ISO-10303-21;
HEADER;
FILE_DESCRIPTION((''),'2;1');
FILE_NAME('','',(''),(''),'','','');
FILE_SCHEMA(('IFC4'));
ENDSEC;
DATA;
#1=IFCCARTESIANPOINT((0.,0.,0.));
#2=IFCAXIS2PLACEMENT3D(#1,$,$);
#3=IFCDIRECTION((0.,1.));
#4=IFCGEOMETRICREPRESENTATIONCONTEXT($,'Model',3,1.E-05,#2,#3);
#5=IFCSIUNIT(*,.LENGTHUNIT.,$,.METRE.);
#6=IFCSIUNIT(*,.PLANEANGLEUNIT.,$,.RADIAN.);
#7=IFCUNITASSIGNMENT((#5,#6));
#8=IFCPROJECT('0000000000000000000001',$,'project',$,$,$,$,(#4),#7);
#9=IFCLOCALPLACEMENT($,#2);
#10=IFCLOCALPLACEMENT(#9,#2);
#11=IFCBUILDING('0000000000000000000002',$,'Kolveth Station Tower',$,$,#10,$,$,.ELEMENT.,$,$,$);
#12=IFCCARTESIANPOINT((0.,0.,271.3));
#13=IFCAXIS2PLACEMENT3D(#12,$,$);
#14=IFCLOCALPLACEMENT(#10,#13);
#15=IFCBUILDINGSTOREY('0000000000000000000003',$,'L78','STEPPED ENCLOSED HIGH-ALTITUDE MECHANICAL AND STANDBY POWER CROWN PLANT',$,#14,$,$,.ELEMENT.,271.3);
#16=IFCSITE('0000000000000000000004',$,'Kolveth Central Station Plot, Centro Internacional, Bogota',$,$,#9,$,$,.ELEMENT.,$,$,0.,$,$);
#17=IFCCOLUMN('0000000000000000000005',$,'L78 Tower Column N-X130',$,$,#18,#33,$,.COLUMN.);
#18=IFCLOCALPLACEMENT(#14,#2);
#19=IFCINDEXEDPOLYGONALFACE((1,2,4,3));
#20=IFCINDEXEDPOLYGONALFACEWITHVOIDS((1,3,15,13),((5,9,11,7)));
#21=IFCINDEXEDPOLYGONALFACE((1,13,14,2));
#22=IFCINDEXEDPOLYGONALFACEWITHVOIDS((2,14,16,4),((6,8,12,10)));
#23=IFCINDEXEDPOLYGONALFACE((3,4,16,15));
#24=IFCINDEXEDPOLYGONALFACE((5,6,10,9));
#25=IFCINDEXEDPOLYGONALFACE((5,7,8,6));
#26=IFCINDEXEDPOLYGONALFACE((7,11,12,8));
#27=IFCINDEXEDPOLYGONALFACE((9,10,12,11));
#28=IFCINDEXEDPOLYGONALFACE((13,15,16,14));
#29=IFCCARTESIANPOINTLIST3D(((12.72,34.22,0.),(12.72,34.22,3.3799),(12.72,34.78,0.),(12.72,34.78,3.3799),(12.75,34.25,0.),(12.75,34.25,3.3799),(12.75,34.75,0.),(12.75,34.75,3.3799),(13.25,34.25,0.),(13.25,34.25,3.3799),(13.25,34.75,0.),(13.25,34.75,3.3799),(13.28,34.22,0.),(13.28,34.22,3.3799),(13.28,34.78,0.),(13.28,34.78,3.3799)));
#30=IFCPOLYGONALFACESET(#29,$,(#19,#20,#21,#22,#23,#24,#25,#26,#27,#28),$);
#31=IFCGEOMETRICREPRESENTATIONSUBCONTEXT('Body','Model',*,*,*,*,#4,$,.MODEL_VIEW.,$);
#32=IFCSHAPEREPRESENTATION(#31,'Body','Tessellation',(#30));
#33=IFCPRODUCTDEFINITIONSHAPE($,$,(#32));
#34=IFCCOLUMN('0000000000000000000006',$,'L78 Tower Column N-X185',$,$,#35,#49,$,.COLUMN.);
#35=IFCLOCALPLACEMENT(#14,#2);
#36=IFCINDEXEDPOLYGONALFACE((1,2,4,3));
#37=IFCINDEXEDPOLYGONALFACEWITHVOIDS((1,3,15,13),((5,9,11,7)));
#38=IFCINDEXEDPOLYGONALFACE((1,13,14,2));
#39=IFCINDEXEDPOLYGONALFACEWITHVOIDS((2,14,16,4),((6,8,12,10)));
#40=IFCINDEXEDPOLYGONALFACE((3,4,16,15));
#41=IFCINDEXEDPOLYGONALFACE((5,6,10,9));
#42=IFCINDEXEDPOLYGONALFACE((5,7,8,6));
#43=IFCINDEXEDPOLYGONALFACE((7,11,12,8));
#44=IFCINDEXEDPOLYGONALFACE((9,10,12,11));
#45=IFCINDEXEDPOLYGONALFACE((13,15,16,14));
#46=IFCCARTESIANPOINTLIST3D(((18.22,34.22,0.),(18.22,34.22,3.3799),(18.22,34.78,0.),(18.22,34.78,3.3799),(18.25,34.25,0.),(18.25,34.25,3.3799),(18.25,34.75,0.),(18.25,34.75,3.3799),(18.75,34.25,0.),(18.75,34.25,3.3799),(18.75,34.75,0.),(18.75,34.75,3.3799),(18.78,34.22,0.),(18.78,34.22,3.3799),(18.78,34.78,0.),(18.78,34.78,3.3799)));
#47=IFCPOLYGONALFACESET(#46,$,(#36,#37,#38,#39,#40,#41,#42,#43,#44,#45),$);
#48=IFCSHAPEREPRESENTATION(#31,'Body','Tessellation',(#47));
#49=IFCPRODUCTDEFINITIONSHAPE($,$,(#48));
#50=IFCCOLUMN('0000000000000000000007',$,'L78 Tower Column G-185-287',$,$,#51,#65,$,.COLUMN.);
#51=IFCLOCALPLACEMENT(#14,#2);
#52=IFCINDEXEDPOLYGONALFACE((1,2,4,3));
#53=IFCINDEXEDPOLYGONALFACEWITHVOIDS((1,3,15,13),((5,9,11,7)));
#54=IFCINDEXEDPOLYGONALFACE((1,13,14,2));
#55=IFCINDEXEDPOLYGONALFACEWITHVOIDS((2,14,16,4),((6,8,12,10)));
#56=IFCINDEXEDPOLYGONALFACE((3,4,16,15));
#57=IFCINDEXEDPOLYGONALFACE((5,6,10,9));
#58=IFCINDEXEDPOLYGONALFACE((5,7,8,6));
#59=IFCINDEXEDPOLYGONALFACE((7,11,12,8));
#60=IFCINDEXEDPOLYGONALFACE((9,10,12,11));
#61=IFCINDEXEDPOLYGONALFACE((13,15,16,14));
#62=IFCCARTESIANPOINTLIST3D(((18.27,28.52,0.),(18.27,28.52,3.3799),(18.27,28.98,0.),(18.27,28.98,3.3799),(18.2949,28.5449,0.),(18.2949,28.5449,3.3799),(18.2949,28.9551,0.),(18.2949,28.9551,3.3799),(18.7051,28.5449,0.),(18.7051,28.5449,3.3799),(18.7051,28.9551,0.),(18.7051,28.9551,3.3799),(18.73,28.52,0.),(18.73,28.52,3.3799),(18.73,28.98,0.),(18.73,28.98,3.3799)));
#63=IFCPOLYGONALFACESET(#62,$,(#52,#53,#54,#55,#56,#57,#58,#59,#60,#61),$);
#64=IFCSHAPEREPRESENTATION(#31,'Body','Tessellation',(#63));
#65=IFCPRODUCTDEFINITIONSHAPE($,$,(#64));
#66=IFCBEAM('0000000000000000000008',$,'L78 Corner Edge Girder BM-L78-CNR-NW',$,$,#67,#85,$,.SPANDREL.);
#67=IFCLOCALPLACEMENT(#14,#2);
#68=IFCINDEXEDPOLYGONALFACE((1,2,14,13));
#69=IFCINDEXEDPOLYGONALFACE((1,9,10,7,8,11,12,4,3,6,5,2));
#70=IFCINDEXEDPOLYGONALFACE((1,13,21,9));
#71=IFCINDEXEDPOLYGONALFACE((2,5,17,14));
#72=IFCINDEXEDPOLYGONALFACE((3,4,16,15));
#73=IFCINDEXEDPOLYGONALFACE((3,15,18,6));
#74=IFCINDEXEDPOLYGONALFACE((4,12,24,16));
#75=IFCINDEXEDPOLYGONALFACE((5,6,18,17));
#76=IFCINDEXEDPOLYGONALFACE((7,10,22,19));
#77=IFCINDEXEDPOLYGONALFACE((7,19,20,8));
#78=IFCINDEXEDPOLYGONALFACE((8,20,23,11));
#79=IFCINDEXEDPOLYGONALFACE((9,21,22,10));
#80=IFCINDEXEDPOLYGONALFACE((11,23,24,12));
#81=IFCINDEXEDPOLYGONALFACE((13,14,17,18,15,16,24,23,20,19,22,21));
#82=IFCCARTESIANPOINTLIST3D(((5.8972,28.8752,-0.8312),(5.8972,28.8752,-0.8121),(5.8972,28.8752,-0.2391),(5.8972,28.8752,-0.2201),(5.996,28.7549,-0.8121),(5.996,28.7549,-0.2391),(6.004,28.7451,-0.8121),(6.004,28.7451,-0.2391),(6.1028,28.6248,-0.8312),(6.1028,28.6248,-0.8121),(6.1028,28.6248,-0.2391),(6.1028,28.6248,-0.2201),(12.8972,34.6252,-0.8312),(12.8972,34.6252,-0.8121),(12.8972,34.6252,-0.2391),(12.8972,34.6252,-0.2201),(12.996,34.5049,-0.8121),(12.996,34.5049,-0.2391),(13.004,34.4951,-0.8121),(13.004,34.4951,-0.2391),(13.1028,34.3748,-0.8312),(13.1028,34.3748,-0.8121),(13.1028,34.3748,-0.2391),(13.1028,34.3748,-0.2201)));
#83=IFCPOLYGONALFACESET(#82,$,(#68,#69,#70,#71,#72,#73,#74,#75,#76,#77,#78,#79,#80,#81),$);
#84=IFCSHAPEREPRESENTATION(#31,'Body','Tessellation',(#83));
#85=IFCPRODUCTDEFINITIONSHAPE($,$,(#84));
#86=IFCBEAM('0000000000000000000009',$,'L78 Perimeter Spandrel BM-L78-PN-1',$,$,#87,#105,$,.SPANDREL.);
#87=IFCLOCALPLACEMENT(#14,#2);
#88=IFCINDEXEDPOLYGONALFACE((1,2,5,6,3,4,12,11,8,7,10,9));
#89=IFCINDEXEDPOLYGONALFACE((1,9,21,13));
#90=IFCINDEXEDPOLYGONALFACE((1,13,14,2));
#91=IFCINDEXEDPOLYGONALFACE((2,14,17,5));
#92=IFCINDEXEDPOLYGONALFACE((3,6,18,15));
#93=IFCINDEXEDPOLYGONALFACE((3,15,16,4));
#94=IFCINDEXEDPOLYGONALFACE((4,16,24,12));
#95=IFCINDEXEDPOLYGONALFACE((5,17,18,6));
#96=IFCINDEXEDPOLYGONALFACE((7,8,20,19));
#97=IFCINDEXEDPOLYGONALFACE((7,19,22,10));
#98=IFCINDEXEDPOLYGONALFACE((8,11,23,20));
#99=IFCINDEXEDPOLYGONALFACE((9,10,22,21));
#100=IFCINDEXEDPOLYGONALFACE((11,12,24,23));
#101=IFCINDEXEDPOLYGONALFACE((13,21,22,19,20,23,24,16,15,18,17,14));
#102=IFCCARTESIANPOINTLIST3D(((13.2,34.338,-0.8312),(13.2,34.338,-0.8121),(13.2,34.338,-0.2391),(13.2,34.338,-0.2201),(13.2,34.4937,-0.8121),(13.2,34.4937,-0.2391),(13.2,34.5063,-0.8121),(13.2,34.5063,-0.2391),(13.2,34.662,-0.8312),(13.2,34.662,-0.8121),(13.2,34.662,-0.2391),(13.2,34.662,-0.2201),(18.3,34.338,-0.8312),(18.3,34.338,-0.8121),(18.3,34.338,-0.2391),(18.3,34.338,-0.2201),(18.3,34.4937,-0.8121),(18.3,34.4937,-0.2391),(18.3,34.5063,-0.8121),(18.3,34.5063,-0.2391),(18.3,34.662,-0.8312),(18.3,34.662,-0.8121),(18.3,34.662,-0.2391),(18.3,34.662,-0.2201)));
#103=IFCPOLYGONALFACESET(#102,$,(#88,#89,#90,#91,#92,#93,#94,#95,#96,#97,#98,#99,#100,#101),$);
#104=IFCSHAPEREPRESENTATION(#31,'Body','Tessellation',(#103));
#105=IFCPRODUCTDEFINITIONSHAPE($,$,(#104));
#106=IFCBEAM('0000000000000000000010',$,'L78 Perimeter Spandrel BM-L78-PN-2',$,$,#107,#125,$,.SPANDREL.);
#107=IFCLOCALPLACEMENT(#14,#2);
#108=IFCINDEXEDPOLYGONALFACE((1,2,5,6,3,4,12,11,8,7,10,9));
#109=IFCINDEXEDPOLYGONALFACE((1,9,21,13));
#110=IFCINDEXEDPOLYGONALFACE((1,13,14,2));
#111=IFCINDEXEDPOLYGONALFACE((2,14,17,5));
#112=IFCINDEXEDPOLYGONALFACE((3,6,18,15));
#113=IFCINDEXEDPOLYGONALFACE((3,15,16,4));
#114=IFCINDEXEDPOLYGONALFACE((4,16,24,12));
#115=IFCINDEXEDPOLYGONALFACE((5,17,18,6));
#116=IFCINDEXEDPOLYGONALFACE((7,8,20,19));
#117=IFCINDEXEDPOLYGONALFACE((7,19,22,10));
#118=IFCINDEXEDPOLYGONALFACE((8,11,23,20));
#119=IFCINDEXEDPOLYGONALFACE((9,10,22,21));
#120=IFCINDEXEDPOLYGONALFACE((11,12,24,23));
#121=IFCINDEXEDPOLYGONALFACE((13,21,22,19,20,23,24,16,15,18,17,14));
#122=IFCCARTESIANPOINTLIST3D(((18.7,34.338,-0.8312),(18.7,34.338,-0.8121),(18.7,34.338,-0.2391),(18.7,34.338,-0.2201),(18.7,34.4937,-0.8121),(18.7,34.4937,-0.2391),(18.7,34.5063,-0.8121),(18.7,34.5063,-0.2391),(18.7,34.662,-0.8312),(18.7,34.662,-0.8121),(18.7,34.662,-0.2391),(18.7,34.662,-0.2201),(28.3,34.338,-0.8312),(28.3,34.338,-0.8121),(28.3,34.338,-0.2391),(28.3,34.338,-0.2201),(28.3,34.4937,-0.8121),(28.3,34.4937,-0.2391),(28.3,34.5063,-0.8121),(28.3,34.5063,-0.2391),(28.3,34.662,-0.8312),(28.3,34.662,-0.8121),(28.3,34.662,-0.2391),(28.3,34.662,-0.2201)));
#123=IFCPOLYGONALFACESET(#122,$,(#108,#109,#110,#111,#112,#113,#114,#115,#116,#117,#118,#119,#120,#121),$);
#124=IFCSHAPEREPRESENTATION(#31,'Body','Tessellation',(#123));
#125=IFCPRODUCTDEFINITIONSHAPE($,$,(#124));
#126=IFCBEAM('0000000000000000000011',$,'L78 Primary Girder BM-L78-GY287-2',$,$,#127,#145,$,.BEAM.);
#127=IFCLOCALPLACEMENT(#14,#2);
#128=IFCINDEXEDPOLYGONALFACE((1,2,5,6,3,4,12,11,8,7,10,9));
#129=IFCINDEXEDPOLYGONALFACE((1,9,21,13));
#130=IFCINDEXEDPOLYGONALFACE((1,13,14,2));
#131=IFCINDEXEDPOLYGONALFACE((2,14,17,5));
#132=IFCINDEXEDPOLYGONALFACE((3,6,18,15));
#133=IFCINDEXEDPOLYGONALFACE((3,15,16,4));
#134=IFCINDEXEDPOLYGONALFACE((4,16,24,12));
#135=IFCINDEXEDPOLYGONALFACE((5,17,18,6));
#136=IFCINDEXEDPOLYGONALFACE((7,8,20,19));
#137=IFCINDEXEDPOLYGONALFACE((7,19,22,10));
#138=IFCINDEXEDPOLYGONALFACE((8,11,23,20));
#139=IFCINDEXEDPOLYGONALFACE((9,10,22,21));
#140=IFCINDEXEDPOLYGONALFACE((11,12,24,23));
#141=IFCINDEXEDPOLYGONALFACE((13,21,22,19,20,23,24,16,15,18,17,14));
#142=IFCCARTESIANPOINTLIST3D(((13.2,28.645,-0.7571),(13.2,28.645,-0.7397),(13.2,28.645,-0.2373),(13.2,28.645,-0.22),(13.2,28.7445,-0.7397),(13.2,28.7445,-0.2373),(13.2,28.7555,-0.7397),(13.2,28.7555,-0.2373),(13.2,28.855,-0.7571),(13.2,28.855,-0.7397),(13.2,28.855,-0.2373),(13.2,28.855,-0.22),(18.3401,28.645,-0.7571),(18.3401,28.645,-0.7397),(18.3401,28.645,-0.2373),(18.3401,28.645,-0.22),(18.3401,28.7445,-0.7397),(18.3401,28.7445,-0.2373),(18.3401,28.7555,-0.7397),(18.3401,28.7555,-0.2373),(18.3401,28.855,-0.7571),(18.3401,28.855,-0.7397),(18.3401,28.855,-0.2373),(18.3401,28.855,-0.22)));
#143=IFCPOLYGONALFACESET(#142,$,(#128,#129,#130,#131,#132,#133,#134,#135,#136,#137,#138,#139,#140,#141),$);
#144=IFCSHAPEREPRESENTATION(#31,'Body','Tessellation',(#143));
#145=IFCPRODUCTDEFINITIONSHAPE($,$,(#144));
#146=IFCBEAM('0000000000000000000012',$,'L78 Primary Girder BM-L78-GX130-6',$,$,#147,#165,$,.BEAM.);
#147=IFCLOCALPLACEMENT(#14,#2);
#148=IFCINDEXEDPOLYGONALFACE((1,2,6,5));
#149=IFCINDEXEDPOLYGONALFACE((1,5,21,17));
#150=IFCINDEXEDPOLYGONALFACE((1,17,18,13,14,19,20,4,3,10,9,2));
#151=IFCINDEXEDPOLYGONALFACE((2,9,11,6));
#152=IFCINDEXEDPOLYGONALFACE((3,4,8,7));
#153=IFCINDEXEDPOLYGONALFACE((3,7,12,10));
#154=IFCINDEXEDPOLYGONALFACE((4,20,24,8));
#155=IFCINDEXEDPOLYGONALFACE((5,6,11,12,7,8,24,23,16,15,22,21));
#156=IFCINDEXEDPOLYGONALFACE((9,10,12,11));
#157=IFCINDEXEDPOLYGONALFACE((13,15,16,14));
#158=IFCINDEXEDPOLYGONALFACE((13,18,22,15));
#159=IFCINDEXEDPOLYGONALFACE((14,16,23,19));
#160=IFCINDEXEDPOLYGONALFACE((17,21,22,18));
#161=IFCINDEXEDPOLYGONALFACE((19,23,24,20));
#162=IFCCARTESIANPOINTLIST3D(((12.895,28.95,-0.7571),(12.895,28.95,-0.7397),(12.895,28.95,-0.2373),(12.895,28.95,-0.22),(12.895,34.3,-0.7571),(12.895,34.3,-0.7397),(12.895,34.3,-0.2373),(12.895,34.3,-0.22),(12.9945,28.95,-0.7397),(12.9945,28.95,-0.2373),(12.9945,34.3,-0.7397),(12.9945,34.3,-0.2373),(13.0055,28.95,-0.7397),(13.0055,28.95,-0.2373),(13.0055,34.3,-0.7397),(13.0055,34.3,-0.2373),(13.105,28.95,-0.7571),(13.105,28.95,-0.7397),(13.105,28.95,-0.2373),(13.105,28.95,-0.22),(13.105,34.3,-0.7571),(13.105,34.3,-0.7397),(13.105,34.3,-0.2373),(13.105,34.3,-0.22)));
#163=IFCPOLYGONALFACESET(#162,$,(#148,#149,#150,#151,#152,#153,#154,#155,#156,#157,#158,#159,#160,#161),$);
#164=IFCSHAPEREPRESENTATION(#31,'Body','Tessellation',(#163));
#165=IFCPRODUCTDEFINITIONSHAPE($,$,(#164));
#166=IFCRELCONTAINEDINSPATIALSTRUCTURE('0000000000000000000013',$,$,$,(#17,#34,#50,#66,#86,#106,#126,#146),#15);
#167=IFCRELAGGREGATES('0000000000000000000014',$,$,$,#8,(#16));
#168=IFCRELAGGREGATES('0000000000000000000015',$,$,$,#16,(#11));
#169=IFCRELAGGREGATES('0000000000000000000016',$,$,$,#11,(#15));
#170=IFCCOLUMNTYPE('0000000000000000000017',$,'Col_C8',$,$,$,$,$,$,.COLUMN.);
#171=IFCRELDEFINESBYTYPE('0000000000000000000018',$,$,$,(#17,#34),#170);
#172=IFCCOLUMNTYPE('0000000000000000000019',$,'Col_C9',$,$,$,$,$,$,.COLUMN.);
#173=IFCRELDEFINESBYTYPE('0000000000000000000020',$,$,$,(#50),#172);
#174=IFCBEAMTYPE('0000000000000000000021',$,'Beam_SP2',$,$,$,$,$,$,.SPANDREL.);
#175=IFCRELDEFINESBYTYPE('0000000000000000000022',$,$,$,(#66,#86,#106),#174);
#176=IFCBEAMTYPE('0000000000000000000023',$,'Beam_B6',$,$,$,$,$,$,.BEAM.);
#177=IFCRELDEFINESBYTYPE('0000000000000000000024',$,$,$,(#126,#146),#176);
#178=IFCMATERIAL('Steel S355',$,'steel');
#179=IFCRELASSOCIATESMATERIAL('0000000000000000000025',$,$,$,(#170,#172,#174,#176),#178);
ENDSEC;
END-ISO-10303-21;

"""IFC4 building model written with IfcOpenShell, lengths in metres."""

from ifc_helpers import new_model, si_unit, direction, frame, origin, origin_2d, place, context, subcontext, project, spatial, hollow_rectangle, i_section, extrude, source, transform, mapped, material, material_profile, profile_set, type_object, element, save


model = new_model("IFC4")

# Units and contexts
model_context = context("Model", 3, precision=1e-05, world=origin(), true_north=direction((0.0, 1.0)))
body_context = subcontext(model_context, "Body", "Model", "MODEL_VIEW")
ifc_project = project(units=[si_unit("LENGTHUNIT", "METRE"), si_unit("PLANEANGLEUNIT", "RADIAN")], contexts=[model_context])

# Site, building, storey
site_placement = place(None, origin())
site = spatial("IfcSite", under=ifc_project, at=site_placement, Name="Kolveth Central Station Plot, Centro Internacional, Bogota", CompositionType="ELEMENT", RefElevation=0.0)
building_placement = place(site_placement, origin())
building = spatial("IfcBuilding", under=site, at=building_placement, Name="Kolveth Station Tower", CompositionType="ELEMENT")
storey_placement = place(building_placement, frame((0.0, 0.0, 271.3)))
storey = spatial("IfcBuildingStorey", under=building, at=storey_placement, Name="L78", Description="STEPPED ENCLOSED HIGH-ALTITUDE MECHANICAL AND STANDBY POWER CROWN PLANT", CompositionType="ELEMENT", Elevation=271.3)

# Columns
ifc_material_1 = material(Name="Steel S355", Category="steel")
ifc_material_profile_1 = material_profile(ifc_material_1, hollow_rectangle(XDim=0.5601, YDim=0.5601, WallThickness=0.03, at=origin_2d()), Name="BOX560x560x30")
ifc_profile_set_1 = profile_set([ifc_material_profile_1], Name="Steel S355")
column_type_1 = type_object("IfcColumnType", Name="Col_C8", PredefinedType="COLUMN", material=ifc_profile_set_1)
shared_shape_1 = source(origin(), body_context, "Body", "SweptSolid", [
    extrude(hollow_rectangle(XDim=0.5601, YDim=0.5601, WallThickness=0.03, at=origin_2d()), origin(), (0.0, 0.0, 1.0), 3.3799),
])
for number, where, z_axis, x_axis, name in (
    (1, (13.0, 34.5, 0.0), (0.0, 0.0, 1.0), (1.0, 0.0, 0.0), "L78 Tower Column N-X130"),
    (2, (18.5, 34.5, 0.0), (0.0, 0.0, 1.0), (1.0, 0.0, 0.0), "L78 Tower Column N-X185"),
):
    element("IfcColumn", number, at=place(storey_placement, frame(where, z_axis=z_axis, x_axis=x_axis)), inside=storey, type_object=column_type_1, Name=name, PredefinedType="COLUMN", context=body_context, shape_type="MappedRepresentation", body=[
        mapped(shared_shape_1, transform((0.0, 0.0, 0.0), x_axis=(1.0, 0.0, 0.0), y_axis=(0.0, 1.0, 0.0), z_axis=(0.0, 0.0, 1.0), scale=1.0)),
    ])
ifc_material_profile_2 = material_profile(ifc_material_1, hollow_rectangle(XDim=0.46, YDim=0.46, WallThickness=0.0249, at=origin_2d()), Name="BOX460x460x25")
ifc_profile_set_2 = profile_set([ifc_material_profile_2], Name="Steel S355")
column_type_2 = type_object("IfcColumnType", Name="Col_C9", PredefinedType="COLUMN", material=ifc_profile_set_2)
shared_shape_2 = source(origin(), body_context, "Body", "SweptSolid", [
    extrude(hollow_rectangle(XDim=0.46, YDim=0.46, WallThickness=0.0249, at=origin_2d()), origin(), (0.0, 0.0, 1.0), 3.3799),
])
column_placement = place(storey_placement, frame((18.5, 28.75, 0.0), z_axis=(0.0, 0.0, 1.0), x_axis=(1.0, 0.0, 0.0)))
element("IfcColumn", 3, at=column_placement, inside=storey, type_object=column_type_2, Name="L78 Tower Column G-185-287", PredefinedType="COLUMN", context=body_context, shape_type="MappedRepresentation", body=[
    mapped(shared_shape_2, transform((0.0, 0.0, 0.0), x_axis=(1.0, 0.0, 0.0), y_axis=(0.0, 1.0, 0.0), z_axis=(0.0, 0.0, 1.0), scale=1.0)),
])

# Beams
ifc_material_profile_3 = material_profile(ifc_material_1, i_section(OverallWidth=0.324, OverallDepth=0.6111, WebThickness=0.0127, FlangeThickness=0.019, at=origin_2d()), Name="W610x155")
ifc_profile_set_3 = profile_set([ifc_material_profile_3], Name="Steel S355")
beam_type_1 = type_object("IfcBeamType", Name="Beam_SP2", PredefinedType="SPANDREL", material=ifc_profile_set_3)
shared_shape_3 = source(origin(), body_context, "Body", "SweptSolid", [
    extrude(i_section(OverallWidth=0.324, OverallDepth=0.6111, WebThickness=0.0127, FlangeThickness=0.019, at=origin_2d()), origin(), (0.0, 0.0, 1.0), 9.0588),
])
beam_1_placement = place(storey_placement, frame((13.0, 34.5, -0.5256), z_axis=(-0.772726, -0.634739, 0.0), x_axis=(0.634739, -0.772726, 0.0)))
element("IfcBeam", 4, at=beam_1_placement, inside=storey, type_object=beam_type_1, Name="L78 Corner Edge Girder BM-L78-CNR-NW", PredefinedType="SPANDREL", context=body_context, shape_type="MappedRepresentation", body=[
    mapped(shared_shape_3, transform((0.0, 0.0, 0.0), x_axis=(1.0, 0.0, 0.0), y_axis=(0.0, 1.0, 0.0), z_axis=(0.0, 0.0, 1.0), scale=1.0)),
])
shared_shape_4 = source(origin(), body_context, "Body", "SweptSolid", [
    extrude(i_section(OverallWidth=0.324, OverallDepth=0.6111, WebThickness=0.0127, FlangeThickness=0.019, at=origin_2d()), origin(), (0.0, 0.0, 1.0), 5.1001),
])
beam_2_placement = place(storey_placement, frame((13.2, 34.5, -0.5256), z_axis=(1.0, 0.0, 0.0), x_axis=(0.0, 1.0, 0.0)))
element("IfcBeam", 5, at=beam_2_placement, inside=storey, type_object=beam_type_1, Name="L78 Perimeter Spandrel BM-L78-PN-1", PredefinedType="SPANDREL", context=body_context, shape_type="MappedRepresentation", body=[
    mapped(shared_shape_4, transform((0.0, 0.0, 0.0), x_axis=(1.0, 0.0, 0.0), y_axis=(0.0, 1.0, 0.0), z_axis=(0.0, 0.0, 1.0), scale=1.0)),
])
shared_shape_5 = source(origin(), body_context, "Body", "SweptSolid", [
    extrude(i_section(OverallWidth=0.324, OverallDepth=0.6111, WebThickness=0.0127, FlangeThickness=0.019, at=origin_2d()), origin(), (0.0, 0.0, 1.0), 9.6001),
])
beam_3_placement = place(storey_placement, frame((18.7, 34.5, -0.5256), z_axis=(1.0, 0.0, 0.0), x_axis=(0.0, 1.0, 0.0)))
element("IfcBeam", 6, at=beam_3_placement, inside=storey, type_object=beam_type_1, Name="L78 Perimeter Spandrel BM-L78-PN-2", PredefinedType="SPANDREL", context=body_context, shape_type="MappedRepresentation", body=[
    mapped(shared_shape_5, transform((0.0, 0.0, 0.0), x_axis=(1.0, 0.0, 0.0), y_axis=(0.0, 1.0, 0.0), z_axis=(0.0, 0.0, 1.0), scale=1.0)),
])
ifc_material_profile_4 = material_profile(ifc_material_1, i_section(OverallWidth=0.21, OverallDepth=0.5371, WebThickness=0.011, FlangeThickness=0.0173, at=origin_2d()), Name="W530x101")
ifc_profile_set_4 = profile_set([ifc_material_profile_4], Name="Steel S355")
beam_type_2 = type_object("IfcBeamType", Name="Beam_B6", PredefinedType="BEAM", material=ifc_profile_set_4)
shared_shape_6 = source(origin(), body_context, "Body", "SweptSolid", [
    extrude(i_section(OverallWidth=0.21, OverallDepth=0.5371, WebThickness=0.011, FlangeThickness=0.0173, at=origin_2d()), origin(), (0.0, 0.0, 1.0), 5.1401),
])
beam_4_placement = place(storey_placement, frame((13.2, 28.75, -0.4885), z_axis=(1.0, 0.0, 0.0), x_axis=(0.0, 1.0, 0.0)))
element("IfcBeam", 7, at=beam_4_placement, inside=storey, type_object=beam_type_2, Name="L78 Primary Girder BM-L78-GY287-2", PredefinedType="BEAM", context=body_context, shape_type="MappedRepresentation", body=[
    mapped(shared_shape_6, transform((0.0, 0.0, 0.0), x_axis=(1.0, 0.0, 0.0), y_axis=(0.0, 1.0, 0.0), z_axis=(0.0, 0.0, 1.0), scale=1.0)),
])
shared_shape_7 = source(origin(), body_context, "Body", "SweptSolid", [
    extrude(i_section(OverallWidth=0.21, OverallDepth=0.5371, WebThickness=0.011, FlangeThickness=0.0173, at=origin_2d()), origin(), (0.0, 0.0, 1.0), 5.3501),
])
beam_5_placement = place(storey_placement, frame((13.0, 28.95, -0.4885), z_axis=(0.0, 1.0, 0.0), x_axis=(-1.0, 0.0, 0.0)))
element("IfcBeam", 8, at=beam_5_placement, inside=storey, type_object=beam_type_2, Name="L78 Primary Girder BM-L78-GX130-6", PredefinedType="BEAM", context=body_context, shape_type="MappedRepresentation", body=[
    mapped(shared_shape_7, transform((0.0, 0.0, 0.0), x_axis=(1.0, 0.0, 0.0), y_axis=(0.0, 1.0, 0.0), z_axis=(0.0, 0.0, 1.0), scale=1.0)),
])

save(model, "model.ifc")
